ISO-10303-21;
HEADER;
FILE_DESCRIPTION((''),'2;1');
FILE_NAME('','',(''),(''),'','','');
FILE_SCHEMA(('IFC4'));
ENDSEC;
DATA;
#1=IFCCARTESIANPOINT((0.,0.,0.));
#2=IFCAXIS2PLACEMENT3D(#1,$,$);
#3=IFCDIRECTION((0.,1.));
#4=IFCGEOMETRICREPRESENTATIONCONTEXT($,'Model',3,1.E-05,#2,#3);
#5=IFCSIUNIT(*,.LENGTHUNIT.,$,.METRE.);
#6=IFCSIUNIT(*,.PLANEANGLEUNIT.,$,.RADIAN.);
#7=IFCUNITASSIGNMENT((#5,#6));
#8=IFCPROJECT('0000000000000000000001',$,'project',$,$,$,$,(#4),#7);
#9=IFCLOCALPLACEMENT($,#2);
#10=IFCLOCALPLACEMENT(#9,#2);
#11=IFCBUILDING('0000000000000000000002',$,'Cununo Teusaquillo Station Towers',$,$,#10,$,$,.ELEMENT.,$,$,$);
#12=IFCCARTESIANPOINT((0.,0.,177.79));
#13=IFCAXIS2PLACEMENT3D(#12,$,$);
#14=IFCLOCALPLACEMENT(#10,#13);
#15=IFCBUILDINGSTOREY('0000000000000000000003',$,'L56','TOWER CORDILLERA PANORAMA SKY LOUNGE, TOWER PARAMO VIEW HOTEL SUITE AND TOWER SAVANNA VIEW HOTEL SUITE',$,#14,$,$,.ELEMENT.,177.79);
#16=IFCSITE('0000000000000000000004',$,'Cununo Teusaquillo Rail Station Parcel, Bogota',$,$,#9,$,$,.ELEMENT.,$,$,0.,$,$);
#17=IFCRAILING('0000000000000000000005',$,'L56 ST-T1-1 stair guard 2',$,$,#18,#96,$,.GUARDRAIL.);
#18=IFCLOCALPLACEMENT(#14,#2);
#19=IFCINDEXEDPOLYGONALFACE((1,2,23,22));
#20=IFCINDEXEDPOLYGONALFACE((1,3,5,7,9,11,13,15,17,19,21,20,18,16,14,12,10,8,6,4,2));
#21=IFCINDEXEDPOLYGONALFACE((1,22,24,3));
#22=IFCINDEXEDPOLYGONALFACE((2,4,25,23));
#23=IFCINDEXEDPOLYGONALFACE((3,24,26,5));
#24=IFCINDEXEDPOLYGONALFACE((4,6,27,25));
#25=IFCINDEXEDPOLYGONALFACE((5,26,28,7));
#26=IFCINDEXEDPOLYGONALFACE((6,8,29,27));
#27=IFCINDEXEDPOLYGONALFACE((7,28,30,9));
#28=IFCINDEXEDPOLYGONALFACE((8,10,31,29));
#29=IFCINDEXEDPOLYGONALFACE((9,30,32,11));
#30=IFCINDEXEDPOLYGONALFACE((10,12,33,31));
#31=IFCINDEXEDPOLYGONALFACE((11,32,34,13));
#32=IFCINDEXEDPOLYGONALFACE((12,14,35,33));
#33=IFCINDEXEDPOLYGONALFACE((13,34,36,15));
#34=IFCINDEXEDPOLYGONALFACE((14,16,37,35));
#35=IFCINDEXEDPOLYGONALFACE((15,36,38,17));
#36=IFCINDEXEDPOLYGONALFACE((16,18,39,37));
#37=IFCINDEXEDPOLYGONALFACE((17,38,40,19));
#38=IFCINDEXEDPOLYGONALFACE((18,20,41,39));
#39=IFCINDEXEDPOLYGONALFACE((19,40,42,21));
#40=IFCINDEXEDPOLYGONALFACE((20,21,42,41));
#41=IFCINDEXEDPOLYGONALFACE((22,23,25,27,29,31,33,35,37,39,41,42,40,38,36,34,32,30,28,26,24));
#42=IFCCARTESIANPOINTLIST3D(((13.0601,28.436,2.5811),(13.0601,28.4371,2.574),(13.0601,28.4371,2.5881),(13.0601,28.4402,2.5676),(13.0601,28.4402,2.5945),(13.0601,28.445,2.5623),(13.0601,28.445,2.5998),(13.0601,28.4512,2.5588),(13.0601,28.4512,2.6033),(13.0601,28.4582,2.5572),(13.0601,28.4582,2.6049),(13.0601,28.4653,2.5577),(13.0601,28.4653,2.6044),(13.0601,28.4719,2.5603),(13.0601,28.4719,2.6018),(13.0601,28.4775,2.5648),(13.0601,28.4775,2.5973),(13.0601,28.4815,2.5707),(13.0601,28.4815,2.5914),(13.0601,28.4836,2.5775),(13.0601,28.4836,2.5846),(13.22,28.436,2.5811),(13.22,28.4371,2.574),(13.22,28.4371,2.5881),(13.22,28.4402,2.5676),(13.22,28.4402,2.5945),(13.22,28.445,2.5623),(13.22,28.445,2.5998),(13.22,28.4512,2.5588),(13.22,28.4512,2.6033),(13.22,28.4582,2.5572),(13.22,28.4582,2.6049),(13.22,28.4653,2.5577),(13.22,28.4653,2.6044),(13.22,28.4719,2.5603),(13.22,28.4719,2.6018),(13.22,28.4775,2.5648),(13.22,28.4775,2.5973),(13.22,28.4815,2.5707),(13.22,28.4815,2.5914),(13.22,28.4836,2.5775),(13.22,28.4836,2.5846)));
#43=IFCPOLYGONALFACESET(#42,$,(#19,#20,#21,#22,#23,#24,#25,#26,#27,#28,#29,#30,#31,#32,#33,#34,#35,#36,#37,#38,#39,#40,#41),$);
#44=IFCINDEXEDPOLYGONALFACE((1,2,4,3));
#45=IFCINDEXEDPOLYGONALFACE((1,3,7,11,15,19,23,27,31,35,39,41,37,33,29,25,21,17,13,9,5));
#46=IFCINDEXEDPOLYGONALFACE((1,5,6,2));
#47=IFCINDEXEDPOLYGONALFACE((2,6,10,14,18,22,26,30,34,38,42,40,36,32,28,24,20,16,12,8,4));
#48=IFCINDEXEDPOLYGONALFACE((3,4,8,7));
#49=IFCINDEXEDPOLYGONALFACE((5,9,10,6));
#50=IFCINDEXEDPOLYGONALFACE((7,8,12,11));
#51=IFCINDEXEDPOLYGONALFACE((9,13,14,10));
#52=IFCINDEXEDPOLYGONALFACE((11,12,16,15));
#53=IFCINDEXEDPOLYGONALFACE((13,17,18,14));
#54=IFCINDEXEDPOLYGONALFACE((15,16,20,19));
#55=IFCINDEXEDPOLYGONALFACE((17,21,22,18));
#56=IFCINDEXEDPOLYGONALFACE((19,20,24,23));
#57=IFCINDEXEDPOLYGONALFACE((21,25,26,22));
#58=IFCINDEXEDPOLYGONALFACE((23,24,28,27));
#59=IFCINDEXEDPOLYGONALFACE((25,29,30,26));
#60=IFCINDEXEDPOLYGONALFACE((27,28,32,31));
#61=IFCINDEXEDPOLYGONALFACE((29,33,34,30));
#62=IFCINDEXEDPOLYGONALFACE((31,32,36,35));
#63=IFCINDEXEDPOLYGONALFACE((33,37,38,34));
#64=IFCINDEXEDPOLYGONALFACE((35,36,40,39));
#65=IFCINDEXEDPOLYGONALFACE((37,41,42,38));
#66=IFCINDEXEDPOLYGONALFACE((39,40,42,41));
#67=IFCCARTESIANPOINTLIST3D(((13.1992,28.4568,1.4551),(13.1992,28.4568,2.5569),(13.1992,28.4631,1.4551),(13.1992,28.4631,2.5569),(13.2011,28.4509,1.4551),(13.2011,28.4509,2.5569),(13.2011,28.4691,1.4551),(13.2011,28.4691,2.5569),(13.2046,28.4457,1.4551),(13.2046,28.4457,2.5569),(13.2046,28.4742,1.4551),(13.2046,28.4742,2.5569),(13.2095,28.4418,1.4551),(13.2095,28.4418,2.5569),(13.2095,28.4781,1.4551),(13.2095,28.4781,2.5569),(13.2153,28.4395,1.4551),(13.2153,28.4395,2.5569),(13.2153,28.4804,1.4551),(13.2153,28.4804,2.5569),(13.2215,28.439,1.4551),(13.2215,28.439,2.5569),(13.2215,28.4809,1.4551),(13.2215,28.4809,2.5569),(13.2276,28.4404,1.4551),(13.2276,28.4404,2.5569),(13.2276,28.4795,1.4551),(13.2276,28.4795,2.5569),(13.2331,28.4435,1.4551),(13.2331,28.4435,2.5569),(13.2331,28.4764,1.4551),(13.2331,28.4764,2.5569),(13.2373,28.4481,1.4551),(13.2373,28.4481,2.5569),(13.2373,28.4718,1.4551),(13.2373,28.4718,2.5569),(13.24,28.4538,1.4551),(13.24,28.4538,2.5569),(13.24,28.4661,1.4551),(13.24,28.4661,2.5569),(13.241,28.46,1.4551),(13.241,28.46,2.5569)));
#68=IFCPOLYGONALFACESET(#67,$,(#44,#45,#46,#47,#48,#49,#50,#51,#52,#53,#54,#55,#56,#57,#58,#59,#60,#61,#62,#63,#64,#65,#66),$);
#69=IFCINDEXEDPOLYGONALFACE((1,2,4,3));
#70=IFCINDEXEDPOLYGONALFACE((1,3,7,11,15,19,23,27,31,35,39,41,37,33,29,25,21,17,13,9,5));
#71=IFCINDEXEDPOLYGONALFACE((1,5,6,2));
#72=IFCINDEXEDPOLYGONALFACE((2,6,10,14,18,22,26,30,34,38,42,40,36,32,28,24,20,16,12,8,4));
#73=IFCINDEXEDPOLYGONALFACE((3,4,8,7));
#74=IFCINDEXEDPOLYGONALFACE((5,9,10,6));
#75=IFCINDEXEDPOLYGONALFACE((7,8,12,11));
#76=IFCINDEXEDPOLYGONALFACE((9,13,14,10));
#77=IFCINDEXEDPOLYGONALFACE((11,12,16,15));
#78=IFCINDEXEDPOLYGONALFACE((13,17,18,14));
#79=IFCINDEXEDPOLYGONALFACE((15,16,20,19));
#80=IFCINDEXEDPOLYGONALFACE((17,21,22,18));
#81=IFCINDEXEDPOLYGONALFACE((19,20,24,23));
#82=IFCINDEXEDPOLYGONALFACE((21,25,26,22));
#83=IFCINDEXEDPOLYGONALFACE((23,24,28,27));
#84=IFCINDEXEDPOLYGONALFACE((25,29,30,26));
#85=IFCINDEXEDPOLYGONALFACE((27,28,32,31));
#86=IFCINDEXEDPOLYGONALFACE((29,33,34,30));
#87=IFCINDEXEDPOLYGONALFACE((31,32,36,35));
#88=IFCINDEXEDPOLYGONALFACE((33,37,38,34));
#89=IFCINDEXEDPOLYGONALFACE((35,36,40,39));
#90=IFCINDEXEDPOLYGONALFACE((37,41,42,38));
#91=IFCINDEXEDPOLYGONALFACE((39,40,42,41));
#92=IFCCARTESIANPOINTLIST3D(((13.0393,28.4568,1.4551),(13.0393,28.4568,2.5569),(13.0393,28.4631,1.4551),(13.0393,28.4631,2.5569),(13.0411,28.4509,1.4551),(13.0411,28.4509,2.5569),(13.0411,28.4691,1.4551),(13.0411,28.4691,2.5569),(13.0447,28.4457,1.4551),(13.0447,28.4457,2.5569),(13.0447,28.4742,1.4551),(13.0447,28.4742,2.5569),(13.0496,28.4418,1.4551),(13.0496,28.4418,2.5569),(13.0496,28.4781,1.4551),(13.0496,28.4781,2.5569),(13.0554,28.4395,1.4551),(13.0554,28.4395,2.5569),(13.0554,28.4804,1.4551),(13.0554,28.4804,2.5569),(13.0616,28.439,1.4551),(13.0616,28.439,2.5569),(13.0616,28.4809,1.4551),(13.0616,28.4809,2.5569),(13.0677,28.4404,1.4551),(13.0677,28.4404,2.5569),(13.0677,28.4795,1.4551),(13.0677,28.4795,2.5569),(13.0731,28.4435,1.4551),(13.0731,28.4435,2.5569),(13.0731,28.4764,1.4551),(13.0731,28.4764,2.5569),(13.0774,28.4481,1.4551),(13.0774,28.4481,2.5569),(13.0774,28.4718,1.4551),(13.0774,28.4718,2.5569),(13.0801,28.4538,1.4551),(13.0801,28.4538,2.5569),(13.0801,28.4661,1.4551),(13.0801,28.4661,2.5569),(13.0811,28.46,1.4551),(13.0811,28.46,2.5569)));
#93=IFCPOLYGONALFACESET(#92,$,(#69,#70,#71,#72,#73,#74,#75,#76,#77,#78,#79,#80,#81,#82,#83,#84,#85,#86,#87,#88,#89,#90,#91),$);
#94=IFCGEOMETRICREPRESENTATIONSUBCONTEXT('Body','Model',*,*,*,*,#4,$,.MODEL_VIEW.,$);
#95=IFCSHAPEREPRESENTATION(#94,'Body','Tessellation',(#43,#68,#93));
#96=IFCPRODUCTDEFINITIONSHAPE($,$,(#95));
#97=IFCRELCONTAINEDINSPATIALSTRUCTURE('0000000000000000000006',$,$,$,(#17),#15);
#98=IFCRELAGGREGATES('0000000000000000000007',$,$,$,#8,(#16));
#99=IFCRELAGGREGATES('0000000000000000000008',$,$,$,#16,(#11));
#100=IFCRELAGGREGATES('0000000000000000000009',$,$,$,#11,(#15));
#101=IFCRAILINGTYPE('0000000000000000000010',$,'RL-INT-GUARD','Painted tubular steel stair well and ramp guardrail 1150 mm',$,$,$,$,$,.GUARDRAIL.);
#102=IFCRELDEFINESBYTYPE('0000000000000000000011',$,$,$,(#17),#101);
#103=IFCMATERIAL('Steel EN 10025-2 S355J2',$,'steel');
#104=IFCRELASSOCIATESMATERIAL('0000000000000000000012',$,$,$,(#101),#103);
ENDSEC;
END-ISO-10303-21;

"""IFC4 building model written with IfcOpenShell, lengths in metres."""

from ifc_helpers import new_model, si_unit, direction, frame, origin, origin_2d, place, context, subcontext, project, spatial, circle, extrude, material, type_object, element, save


model = new_model("IFC4")

# Units and contexts
model_context = context("Model", 3, precision=1e-05, world=origin(), true_north=direction((0.0, 1.0)))
body_context = subcontext(model_context, "Body", "Model", "MODEL_VIEW")
ifc_project = project(units=[si_unit("LENGTHUNIT", "METRE"), si_unit("PLANEANGLEUNIT", "RADIAN")], contexts=[model_context])

# Site, building, storey
site_placement = place(None, origin())
site = spatial("IfcSite", under=ifc_project, at=site_placement, Name="Cununo Teusaquillo Rail Station Parcel, Bogota", CompositionType="ELEMENT", RefElevation=0.0)
building_placement = place(site_placement, origin())
building = spatial("IfcBuilding", under=site, at=building_placement, Name="Cununo Teusaquillo Station Towers", CompositionType="ELEMENT")
storey_placement = place(building_placement, frame((0.0, 0.0, 177.79)))
storey = spatial("IfcBuildingStorey", under=building, at=storey_placement, Name="L56", Description="TOWER CORDILLERA PANORAMA SKY LOUNGE, TOWER PARAMO VIEW HOTEL SUITE AND TOWER SAVANNA VIEW HOTEL SUITE", CompositionType="ELEMENT", Elevation=177.79)

# Railing
ifc_material_1 = material(Name="Steel EN 10025-2 S355J2", Category="steel")
railing_type_1 = type_object("IfcRailingType", Name="RL-INT-GUARD", Description="Painted tubular steel stair well and ramp guardrail 1150 mm", PredefinedType="GUARDRAIL", material=ifc_material_1)
railing_1_placement = place(storey_placement, frame((13.22, 28.46, 1.4551)))
element("IfcRailing", 1, at=railing_1_placement, inside=storey, type_object=railing_type_1, Name="L56 ST-T1-1 stair guard 2", PredefinedType="GUARDRAIL", context=body_context, shape_type="SweptSolid", body=[
    extrude(circle(Radius=0.0239, at=origin_2d()), frame((0.0, 0.0, 1.126), z_axis=(-1.0, 0.0, 0.0), x_axis=(0.0, -1.0, 0.0)), (0.0, 0.0, 1.0), 0.1599),
    extrude(circle(Radius=0.021, at=origin_2d()), origin(), (0.0, 0.0, 1.0), 1.1018),
    extrude(circle(Radius=0.021, at=origin_2d()), frame((-0.1599, 0.0, 0.0)), (0.0, 0.0, 1.0), 1.1018),
])

save(model, "model.ifc")
